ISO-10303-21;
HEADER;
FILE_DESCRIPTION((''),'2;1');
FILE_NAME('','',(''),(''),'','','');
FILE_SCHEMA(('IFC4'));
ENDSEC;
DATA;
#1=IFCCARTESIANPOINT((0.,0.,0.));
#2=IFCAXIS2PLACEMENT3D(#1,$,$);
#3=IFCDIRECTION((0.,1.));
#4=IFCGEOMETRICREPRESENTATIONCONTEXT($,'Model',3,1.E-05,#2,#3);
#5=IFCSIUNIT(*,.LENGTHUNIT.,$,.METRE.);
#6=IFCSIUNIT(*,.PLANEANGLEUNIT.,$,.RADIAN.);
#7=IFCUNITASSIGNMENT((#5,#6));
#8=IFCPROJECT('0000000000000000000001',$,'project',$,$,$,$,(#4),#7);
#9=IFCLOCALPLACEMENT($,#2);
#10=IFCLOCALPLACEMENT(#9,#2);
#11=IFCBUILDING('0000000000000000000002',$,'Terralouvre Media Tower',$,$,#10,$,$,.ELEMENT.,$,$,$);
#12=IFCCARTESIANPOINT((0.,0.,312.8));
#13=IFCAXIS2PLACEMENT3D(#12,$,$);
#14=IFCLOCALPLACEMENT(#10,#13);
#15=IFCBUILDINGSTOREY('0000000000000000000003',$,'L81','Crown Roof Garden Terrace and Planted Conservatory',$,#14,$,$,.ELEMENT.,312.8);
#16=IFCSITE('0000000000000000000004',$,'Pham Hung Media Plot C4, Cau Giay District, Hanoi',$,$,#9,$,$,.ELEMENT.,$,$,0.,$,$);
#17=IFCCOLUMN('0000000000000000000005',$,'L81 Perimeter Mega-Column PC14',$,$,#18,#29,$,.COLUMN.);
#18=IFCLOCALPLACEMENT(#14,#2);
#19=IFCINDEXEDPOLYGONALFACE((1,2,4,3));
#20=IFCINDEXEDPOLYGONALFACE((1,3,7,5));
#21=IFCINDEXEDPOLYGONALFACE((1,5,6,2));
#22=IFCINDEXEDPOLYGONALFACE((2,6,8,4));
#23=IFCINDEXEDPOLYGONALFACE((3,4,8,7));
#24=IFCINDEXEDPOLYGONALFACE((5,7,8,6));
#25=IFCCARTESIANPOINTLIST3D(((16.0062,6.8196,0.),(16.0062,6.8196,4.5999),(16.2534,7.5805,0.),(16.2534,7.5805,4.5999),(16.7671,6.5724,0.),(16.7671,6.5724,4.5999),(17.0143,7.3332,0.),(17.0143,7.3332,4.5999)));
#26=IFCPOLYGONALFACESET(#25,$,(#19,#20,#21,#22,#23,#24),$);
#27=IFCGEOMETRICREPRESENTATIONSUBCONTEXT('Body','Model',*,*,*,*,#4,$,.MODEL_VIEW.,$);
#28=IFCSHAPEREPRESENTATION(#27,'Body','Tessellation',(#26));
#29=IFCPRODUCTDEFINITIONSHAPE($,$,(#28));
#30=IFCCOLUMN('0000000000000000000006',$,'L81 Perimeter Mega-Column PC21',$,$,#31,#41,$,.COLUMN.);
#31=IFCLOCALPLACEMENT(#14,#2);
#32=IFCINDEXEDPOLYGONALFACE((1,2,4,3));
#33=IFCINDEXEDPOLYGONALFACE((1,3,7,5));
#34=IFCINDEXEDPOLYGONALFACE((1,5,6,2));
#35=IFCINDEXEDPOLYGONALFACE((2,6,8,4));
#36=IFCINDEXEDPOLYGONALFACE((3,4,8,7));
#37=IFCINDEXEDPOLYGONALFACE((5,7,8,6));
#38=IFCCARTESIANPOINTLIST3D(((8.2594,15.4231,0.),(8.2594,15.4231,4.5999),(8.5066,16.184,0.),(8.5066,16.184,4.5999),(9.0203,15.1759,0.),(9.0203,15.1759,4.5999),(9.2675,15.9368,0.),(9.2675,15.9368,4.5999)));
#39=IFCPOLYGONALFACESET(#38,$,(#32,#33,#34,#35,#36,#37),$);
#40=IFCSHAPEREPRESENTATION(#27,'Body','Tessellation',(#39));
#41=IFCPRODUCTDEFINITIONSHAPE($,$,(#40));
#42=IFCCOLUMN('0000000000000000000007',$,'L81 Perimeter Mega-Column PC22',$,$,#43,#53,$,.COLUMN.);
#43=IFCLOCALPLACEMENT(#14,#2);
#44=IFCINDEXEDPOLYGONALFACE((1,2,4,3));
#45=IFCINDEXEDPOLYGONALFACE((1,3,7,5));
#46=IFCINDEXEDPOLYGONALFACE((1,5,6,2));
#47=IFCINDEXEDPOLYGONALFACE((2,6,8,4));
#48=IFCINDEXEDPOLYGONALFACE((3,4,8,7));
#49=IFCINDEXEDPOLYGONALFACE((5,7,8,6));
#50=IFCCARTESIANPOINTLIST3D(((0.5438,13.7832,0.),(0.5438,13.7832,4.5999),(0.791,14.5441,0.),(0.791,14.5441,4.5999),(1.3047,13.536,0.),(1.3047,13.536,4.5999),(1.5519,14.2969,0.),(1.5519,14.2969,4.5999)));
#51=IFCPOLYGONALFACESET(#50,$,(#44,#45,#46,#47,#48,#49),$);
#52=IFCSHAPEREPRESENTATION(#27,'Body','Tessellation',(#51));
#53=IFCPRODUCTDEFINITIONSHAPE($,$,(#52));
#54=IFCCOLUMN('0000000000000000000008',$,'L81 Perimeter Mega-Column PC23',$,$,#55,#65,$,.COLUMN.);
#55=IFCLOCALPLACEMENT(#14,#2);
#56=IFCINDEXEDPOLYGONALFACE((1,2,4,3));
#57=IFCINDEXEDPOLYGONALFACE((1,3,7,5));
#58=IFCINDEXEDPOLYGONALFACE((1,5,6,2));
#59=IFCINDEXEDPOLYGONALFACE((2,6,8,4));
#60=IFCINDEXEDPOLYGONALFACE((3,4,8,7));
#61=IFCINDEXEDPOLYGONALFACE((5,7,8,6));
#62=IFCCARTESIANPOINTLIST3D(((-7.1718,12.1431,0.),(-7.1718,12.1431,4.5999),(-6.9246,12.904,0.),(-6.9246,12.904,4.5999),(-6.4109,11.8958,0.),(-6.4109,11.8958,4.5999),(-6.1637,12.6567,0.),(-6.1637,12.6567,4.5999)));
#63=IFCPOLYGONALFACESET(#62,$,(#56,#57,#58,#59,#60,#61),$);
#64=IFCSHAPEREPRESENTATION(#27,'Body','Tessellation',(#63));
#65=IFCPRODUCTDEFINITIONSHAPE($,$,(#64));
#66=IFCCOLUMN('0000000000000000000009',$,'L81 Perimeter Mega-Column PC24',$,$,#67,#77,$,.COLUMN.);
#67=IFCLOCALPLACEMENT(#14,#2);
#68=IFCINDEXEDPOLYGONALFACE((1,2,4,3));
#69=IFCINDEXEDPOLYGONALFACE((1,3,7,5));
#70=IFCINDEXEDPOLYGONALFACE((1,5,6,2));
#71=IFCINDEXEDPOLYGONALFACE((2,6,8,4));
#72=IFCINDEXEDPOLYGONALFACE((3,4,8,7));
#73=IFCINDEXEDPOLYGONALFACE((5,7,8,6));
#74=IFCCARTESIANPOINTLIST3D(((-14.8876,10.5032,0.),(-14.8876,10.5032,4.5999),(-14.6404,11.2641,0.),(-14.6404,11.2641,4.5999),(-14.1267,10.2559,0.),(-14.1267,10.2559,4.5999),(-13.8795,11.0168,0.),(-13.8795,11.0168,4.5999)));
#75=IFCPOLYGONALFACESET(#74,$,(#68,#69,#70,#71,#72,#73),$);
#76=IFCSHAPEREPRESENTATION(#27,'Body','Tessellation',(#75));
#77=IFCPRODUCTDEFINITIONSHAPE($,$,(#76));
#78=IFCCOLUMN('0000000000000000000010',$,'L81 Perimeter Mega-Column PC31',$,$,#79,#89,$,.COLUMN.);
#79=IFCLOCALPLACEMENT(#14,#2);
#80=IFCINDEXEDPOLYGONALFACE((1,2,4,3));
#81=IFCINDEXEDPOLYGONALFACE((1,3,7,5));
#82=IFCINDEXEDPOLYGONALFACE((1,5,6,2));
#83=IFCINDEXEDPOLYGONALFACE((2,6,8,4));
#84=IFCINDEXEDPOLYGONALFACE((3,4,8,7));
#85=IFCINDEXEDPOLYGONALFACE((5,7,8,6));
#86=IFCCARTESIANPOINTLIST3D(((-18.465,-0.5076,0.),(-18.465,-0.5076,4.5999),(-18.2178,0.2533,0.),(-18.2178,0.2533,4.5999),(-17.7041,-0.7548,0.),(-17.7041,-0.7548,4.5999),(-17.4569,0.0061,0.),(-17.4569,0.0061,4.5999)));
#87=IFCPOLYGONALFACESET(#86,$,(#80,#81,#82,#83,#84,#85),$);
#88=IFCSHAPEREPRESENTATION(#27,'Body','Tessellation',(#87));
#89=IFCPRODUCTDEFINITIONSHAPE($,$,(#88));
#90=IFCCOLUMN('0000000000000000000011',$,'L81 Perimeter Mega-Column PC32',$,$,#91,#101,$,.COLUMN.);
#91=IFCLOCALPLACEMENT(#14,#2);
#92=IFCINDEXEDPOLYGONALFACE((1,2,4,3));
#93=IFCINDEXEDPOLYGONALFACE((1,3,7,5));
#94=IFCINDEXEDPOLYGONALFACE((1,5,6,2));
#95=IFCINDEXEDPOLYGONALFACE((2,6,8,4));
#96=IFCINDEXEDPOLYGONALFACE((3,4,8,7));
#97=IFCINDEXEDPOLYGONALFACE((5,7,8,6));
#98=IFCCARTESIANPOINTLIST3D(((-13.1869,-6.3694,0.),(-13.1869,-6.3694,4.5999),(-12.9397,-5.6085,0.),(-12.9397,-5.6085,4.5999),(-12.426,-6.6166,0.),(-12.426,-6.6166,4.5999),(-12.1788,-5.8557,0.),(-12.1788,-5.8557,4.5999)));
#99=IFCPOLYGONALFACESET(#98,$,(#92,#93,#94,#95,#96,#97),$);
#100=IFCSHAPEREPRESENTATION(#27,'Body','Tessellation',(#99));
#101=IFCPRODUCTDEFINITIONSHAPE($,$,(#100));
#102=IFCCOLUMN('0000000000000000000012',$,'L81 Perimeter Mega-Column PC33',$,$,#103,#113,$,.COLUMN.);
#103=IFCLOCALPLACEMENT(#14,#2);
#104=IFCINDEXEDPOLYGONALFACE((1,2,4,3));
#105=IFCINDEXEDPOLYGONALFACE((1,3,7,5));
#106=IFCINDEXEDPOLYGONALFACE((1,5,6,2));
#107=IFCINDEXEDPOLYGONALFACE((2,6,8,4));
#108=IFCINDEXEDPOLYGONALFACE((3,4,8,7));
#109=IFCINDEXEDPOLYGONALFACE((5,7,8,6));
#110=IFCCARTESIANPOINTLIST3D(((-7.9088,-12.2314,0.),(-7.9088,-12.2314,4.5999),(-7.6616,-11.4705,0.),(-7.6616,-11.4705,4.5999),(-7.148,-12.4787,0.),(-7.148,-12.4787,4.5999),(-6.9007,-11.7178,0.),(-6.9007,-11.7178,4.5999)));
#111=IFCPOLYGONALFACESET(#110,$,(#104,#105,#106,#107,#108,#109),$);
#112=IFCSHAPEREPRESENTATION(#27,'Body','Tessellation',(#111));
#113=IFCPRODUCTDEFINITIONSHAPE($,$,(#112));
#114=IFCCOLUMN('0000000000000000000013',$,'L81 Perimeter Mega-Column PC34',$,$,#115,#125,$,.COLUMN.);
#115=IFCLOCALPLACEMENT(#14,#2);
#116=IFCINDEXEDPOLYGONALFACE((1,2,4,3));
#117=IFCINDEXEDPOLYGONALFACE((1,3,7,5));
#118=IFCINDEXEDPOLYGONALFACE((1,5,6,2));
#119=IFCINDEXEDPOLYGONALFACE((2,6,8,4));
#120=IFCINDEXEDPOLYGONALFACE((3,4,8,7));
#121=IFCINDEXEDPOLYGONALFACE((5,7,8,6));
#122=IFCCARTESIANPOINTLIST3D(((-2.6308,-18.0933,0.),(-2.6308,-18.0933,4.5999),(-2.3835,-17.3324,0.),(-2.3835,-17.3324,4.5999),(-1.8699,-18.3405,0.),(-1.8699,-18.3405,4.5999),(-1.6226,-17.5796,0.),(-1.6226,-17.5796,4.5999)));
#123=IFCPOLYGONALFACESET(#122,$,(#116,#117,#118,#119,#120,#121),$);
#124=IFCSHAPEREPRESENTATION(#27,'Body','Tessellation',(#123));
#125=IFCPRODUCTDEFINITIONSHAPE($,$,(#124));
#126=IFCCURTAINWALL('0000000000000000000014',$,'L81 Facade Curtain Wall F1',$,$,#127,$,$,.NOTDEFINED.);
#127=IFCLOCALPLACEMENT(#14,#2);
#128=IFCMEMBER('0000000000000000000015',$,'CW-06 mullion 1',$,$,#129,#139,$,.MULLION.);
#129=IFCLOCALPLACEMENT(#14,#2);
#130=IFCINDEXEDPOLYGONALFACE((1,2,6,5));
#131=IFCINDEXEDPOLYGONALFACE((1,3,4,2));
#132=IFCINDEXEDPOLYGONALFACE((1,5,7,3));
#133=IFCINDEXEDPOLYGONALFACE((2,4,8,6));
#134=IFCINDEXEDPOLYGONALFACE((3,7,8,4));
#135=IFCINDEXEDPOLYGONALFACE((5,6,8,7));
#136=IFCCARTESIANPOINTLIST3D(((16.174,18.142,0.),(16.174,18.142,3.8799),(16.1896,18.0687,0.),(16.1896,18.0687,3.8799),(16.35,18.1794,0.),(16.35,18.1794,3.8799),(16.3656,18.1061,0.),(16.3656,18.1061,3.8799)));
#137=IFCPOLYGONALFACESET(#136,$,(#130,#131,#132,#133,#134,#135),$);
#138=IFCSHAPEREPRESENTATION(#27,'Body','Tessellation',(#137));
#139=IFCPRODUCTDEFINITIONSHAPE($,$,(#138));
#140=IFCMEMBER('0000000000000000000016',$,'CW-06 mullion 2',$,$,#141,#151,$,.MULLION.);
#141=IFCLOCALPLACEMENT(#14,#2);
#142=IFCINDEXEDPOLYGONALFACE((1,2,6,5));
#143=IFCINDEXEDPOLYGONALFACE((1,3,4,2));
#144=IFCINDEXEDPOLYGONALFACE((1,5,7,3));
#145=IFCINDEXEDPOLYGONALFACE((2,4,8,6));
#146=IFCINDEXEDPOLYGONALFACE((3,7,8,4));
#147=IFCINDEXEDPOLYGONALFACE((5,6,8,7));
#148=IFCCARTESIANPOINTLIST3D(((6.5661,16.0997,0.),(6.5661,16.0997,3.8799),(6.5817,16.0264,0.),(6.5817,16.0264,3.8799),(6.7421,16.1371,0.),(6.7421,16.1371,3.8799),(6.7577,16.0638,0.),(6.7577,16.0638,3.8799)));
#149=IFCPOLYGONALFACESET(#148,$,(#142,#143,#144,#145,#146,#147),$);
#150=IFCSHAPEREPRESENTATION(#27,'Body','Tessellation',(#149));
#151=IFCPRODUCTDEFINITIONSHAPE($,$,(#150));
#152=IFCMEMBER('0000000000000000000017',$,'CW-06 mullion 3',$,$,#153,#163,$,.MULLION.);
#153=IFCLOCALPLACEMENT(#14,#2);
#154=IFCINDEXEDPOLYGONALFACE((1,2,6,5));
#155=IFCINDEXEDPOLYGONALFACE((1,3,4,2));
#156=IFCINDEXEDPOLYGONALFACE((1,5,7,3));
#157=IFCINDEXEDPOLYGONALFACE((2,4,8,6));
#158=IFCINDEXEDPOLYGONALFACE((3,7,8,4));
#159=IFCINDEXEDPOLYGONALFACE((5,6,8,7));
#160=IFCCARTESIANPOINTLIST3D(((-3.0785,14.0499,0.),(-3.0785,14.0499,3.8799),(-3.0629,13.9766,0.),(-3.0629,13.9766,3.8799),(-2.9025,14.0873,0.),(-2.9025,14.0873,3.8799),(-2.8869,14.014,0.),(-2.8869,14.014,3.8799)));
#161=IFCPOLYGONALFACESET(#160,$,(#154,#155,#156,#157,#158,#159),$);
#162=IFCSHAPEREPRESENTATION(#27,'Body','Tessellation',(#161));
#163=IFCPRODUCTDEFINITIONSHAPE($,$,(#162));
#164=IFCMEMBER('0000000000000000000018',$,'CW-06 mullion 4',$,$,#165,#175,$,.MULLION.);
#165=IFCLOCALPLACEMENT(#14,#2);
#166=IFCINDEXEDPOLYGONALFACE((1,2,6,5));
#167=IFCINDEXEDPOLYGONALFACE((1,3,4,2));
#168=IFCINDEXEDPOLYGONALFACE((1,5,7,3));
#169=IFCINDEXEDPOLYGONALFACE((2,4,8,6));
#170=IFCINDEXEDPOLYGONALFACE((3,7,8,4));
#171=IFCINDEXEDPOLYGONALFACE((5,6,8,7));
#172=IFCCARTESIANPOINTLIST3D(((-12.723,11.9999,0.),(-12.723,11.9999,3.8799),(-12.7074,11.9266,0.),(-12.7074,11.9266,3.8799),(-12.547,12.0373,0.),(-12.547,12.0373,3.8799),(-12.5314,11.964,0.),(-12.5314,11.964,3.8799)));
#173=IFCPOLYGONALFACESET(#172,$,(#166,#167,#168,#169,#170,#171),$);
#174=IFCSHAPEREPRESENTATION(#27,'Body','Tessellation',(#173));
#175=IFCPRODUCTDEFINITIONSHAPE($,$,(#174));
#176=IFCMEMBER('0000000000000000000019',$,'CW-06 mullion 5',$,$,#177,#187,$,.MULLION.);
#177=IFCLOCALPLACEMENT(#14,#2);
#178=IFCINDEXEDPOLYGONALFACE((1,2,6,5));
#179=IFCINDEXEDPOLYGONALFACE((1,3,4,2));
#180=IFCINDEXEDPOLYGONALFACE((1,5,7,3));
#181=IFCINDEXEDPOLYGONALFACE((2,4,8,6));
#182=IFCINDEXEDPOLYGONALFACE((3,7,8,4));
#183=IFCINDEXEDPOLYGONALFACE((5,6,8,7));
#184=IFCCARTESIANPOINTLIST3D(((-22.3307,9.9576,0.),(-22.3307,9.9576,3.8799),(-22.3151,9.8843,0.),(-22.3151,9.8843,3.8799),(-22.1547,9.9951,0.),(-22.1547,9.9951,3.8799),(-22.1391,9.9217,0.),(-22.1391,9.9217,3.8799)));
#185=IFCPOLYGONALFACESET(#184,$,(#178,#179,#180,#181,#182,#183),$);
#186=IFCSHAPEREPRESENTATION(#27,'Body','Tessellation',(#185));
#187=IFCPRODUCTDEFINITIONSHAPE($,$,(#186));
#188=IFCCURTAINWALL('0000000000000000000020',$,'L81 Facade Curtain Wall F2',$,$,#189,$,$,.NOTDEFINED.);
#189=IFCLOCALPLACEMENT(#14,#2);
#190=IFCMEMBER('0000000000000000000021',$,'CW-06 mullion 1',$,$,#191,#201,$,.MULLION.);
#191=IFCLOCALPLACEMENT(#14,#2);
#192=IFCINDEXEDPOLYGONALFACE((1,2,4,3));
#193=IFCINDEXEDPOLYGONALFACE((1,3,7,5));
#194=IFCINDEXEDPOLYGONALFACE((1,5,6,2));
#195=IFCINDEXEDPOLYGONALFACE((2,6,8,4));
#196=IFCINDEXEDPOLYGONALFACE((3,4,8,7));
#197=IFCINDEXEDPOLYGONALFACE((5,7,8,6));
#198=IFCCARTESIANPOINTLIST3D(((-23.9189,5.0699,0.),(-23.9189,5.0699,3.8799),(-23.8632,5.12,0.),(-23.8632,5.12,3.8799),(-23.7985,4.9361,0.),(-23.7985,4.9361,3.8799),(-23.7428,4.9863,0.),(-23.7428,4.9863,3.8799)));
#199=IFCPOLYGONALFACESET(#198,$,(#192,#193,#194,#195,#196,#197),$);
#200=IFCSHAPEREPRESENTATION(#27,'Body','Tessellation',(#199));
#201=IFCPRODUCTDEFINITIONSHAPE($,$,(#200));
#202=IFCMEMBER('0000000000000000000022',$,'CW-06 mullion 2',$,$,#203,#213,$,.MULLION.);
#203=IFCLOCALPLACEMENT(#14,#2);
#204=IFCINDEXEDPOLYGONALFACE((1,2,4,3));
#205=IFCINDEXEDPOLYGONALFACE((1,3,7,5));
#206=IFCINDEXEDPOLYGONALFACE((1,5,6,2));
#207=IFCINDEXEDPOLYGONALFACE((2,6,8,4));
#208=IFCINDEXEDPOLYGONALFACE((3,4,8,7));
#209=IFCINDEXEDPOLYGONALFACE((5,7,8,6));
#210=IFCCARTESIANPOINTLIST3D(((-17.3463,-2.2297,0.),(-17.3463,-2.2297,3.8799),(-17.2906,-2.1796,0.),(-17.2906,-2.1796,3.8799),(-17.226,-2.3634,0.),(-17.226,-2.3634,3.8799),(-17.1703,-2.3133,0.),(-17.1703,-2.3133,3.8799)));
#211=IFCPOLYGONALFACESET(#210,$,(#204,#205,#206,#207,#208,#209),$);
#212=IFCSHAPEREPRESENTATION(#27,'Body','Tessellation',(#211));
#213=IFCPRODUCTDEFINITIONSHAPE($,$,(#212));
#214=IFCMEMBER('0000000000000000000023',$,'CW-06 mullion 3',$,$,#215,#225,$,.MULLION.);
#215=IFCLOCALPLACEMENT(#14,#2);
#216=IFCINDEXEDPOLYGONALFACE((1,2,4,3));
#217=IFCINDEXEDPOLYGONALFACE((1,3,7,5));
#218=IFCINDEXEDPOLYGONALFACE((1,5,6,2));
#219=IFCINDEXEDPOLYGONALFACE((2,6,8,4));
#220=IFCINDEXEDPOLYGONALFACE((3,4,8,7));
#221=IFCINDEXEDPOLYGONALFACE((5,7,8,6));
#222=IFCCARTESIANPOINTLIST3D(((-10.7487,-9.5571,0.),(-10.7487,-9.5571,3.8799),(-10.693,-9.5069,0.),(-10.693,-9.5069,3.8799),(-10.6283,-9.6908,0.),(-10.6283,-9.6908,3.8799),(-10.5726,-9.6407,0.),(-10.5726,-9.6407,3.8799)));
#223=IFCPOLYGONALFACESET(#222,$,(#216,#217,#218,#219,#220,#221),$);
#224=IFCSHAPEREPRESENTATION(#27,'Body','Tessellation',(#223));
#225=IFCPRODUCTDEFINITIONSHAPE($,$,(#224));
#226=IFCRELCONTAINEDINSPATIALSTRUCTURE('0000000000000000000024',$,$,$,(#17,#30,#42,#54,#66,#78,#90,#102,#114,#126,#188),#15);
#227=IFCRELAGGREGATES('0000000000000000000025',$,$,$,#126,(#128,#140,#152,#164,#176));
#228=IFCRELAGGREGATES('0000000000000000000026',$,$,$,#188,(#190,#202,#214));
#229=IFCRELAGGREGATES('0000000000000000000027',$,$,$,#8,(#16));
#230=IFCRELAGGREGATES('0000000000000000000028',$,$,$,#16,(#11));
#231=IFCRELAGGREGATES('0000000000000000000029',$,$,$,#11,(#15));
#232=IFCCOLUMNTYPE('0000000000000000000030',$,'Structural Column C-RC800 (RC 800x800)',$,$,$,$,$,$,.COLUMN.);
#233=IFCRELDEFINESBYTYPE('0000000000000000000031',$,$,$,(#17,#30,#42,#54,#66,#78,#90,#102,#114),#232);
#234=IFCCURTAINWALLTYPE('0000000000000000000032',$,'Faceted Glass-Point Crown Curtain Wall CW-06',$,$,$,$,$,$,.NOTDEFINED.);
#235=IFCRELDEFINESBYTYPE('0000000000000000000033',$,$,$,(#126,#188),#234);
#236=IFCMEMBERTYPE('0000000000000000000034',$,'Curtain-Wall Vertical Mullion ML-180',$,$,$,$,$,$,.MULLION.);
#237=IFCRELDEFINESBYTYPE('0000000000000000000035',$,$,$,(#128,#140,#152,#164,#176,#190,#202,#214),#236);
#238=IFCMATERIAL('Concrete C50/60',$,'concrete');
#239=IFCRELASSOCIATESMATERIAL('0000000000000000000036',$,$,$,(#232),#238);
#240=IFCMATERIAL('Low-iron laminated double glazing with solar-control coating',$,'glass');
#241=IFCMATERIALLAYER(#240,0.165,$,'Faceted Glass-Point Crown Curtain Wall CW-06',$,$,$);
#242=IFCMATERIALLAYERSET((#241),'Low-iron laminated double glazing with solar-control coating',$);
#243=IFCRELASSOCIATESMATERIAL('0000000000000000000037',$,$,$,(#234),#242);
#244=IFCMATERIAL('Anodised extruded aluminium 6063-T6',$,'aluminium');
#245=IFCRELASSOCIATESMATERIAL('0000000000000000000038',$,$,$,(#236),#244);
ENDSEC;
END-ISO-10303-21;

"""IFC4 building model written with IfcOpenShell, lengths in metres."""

from ifc_helpers import new_model, si_unit, direction, frame, origin, origin_2d, place, context, subcontext, project, spatial, rectangle, extrude, material, layer, layer_set, material_profile, profile_set, type_object, element, aggregate, save


model = new_model("IFC4")

# Units and contexts
model_context = context("Model", 3, precision=1e-05, world=origin(), true_north=direction((0.0, 1.0)))
body_context = subcontext(model_context, "Body", "Model", "MODEL_VIEW")
ifc_project = project(units=[si_unit("LENGTHUNIT", "METRE"), si_unit("PLANEANGLEUNIT", "RADIAN")], contexts=[model_context])

# Site, building, storey
site_placement = place(None, origin())
site = spatial("IfcSite", under=ifc_project, at=site_placement, Name="Pham Hung Media Plot C4, Cau Giay District, Hanoi", CompositionType="ELEMENT", RefElevation=0.0)
building_placement = place(site_placement, origin())
building = spatial("IfcBuilding", under=site, at=building_placement, Name="Terralouvre Media Tower", CompositionType="ELEMENT")
storey_placement = place(building_placement, frame((0.0, 0.0, 312.8)))
storey = spatial("IfcBuildingStorey", under=building, at=storey_placement, Name="L81", Description="Crown Roof Garden Terrace and Planted Conservatory", CompositionType="ELEMENT", Elevation=312.8)

# Columns
ifc_material_1 = material(Name="Concrete C50/60", Category="concrete")
ifc_material_profile_1 = material_profile(ifc_material_1, rectangle(XDim=0.8, YDim=0.8, at=origin_2d()), Name="RC 800x800")
ifc_profile_set_1 = profile_set([ifc_material_profile_1], Name="Concrete C50/60")
column_type = type_object("IfcColumnType", Name="Structural Column C-RC800 (RC 800x800)", PredefinedType="COLUMN", material=ifc_profile_set_1)
for number, where, z_axis, x_axis, name in (
    (1, (16.5103, 7.0764, 0.0), (0.0, 0.0, 1.0), (0.309017, 0.951057, 0.0), "L81 Perimeter Mega-Column PC14"),
    (2, (8.7634, 15.6799, 0.0), (0.0, 0.0, 1.0), (0.309017, 0.951057, 0.0), "L81 Perimeter Mega-Column PC21"),
    (3, (1.0479, 14.04, 0.0), (0.0, 0.0, 1.0), (0.309017, 0.951057, 0.0), "L81 Perimeter Mega-Column PC22"),
    (4, (-6.6677, 12.3999, 0.0), (0.0, 0.0, 1.0), (0.309017, 0.951057, 0.0), "L81 Perimeter Mega-Column PC23"),
    (5, (-14.3835, 10.76, 0.0), (0.0, 0.0, 1.0), (0.309017, 0.951057, 0.0), "L81 Perimeter Mega-Column PC24"),
    (6, (-17.9609, -0.2507, 0.0), (0.0, 0.0, 1.0), (0.309017, 0.951057, 0.0), "L81 Perimeter Mega-Column PC31"),
    (7, (-12.6829, -6.1125, 0.0), (0.0, 0.0, 1.0), (0.309017, 0.951057, 0.0), "L81 Perimeter Mega-Column PC32"),
    (8, (-7.4048, -11.9746, 0.0), (0.0, 0.0, 1.0), (0.309017, 0.951057, 0.0), "L81 Perimeter Mega-Column PC33"),
    (9, (-2.1267, -17.8364, 0.0), (0.0, 0.0, 1.0), (0.309017, 0.951057, 0.0), "L81 Perimeter Mega-Column PC34"),
):
    element("IfcColumn", number, at=place(storey_placement, frame(where, z_axis=z_axis, x_axis=x_axis)), inside=storey, type_object=column_type, Name=name, PredefinedType="COLUMN", context=body_context, shape_type="SweptSolid", body=[
        extrude(rectangle(XDim=0.8, YDim=0.8, at=origin_2d()), origin(), (0.0, 0.0, 1.0), 4.5999),
    ])

# Curtain walls, members
ifc_material_2 = material(Name="Low-iron laminated double glazing with solar-control coating", Category="glass")
ifc_layer_1 = layer(ifc_material_2, 0.165, Name="Faceted Glass-Point Crown Curtain Wall CW-06")
ifc_layer_set_1 = layer_set([ifc_layer_1], Name="Low-iron laminated double glazing with solar-control coating")
curtain_wall_type = type_object("IfcCurtainWallType", Name="Faceted Glass-Point Crown Curtain Wall CW-06", PredefinedType="NOTDEFINED", material=ifc_layer_set_1)
curtain_wall_1_placement = place(storey_placement, origin())
curtain_wall_1 = element("IfcCurtainWall", 10, at=curtain_wall_1_placement, inside=storey, type_object=curtain_wall_type, Name="L81 Facade Curtain Wall F1", PredefinedType="NOTDEFINED")
ifc_material_3 = material(Name="Anodised extruded aluminium 6063-T6", Category="aluminium")
ifc_material_profile_2 = material_profile(ifc_material_3, rectangle(XDim=0.075, YDim=0.1799, at=origin_2d()), Name="ALU 75x180")
ifc_profile_set_2 = profile_set([ifc_material_profile_2], Name="Anodised extruded aluminium 6063-T6")
member_type = type_object("IfcMemberType", Name="Curtain-Wall Vertical Mullion ML-180", PredefinedType="MULLION", material=ifc_profile_set_2)
member_1_placement = place(storey_placement, frame((16.2698, 18.124, 0.0), z_axis=(0.0, 0.0, 1.0), x_axis=(0.207912, -0.978148, 0.0)))
member_1 = element("IfcMember", 11, at=member_1_placement, type_object=member_type, Name="CW-06 mullion 1", PredefinedType="MULLION", context=body_context, shape_type="SweptSolid", body=[
    extrude(rectangle(XDim=0.075, YDim=0.1799, at=origin_2d()), origin(), (0.0, 0.0, 1.0), 3.8799),
])
member_2_placement = place(storey_placement, frame((6.6619, 16.0818, 0.0), z_axis=(0.0, 0.0, 1.0), x_axis=(0.207912, -0.978148, 0.0)))
member_2 = element("IfcMember", 12, at=member_2_placement, type_object=member_type, Name="CW-06 mullion 2", PredefinedType="MULLION", context=body_context, shape_type="SweptSolid", body=[
    extrude(rectangle(XDim=0.075, YDim=0.1799, at=origin_2d()), origin(), (0.0, 0.0, 1.0), 3.8799),
])
member_3_placement = place(storey_placement, frame((-2.9827, 14.032, 0.0), z_axis=(0.0, 0.0, 1.0), x_axis=(0.207912, -0.978148, 0.0)))
member_3 = element("IfcMember", 13, at=member_3_placement, type_object=member_type, Name="CW-06 mullion 3", PredefinedType="MULLION", context=body_context, shape_type="SweptSolid", body=[
    extrude(rectangle(XDim=0.075, YDim=0.1799, at=origin_2d()), origin(), (0.0, 0.0, 1.0), 3.8799),
])
member_4_placement = place(storey_placement, frame((-12.6272, 11.9819, 0.0), z_axis=(0.0, 0.0, 1.0), x_axis=(0.207912, -0.978148, 0.0)))
member_4 = element("IfcMember", 14, at=member_4_placement, type_object=member_type, Name="CW-06 mullion 4", PredefinedType="MULLION", context=body_context, shape_type="SweptSolid", body=[
    extrude(rectangle(XDim=0.075, YDim=0.1799, at=origin_2d()), origin(), (0.0, 0.0, 1.0), 3.8799),
])
member_5_placement = place(storey_placement, frame((-22.2349, 9.9397, 0.0), z_axis=(0.0, 0.0, 1.0), x_axis=(0.207912, -0.978148, 0.0)))
member_5 = element("IfcMember", 15, at=member_5_placement, type_object=member_type, Name="CW-06 mullion 5", PredefinedType="MULLION", context=body_context, shape_type="SweptSolid", body=[
    extrude(rectangle(XDim=0.075, YDim=0.1799, at=origin_2d()), origin(), (0.0, 0.0, 1.0), 3.8799),
])
aggregate(curtain_wall_1, [member_1, member_2, member_3, member_4, member_5])
curtain_wall_2_placement = place(storey_placement, origin())
curtain_wall_2 = element("IfcCurtainWall", 16, at=curtain_wall_2_placement, inside=storey, type_object=curtain_wall_type, Name="L81 Facade Curtain Wall F2", PredefinedType="NOTDEFINED")
member_6_placement = place(storey_placement, frame((-23.8308, 5.0281, 0.0), z_axis=(0.0, 0.0, 1.0), x_axis=(0.743145, 0.669131, 0.0)))
member_6 = element("IfcMember", 17, at=member_6_placement, type_object=member_type, Name="CW-06 mullion 1", PredefinedType="MULLION", context=body_context, shape_type="SweptSolid", body=[
    extrude(rectangle(XDim=0.075, YDim=0.1799, at=origin_2d()), origin(), (0.0, 0.0, 1.0), 3.8799),
])
member_7_placement = place(storey_placement, frame((-17.2583, -2.2715, 0.0), z_axis=(0.0, 0.0, 1.0), x_axis=(0.743145, 0.669131, 0.0)))
member_7 = element("IfcMember", 18, at=member_7_placement, type_object=member_type, Name="CW-06 mullion 2", PredefinedType="MULLION", context=body_context, shape_type="SweptSolid", body=[
    extrude(rectangle(XDim=0.075, YDim=0.1799, at=origin_2d()), origin(), (0.0, 0.0, 1.0), 3.8799),
])
member_8_placement = place(storey_placement, frame((-10.6606, -9.5989, 0.0), z_axis=(0.0, 0.0, 1.0), x_axis=(0.743145, 0.669131, 0.0)))
member_8 = element("IfcMember", 19, at=member_8_placement, type_object=member_type, Name="CW-06 mullion 3", PredefinedType="MULLION", context=body_context, shape_type="SweptSolid", body=[
    extrude(rectangle(XDim=0.075, YDim=0.1799, at=origin_2d()), origin(), (0.0, 0.0, 1.0), 3.8799),
])
aggregate(curtain_wall_2, [member_6, member_7, member_8])

save(model, "model.ifc")
